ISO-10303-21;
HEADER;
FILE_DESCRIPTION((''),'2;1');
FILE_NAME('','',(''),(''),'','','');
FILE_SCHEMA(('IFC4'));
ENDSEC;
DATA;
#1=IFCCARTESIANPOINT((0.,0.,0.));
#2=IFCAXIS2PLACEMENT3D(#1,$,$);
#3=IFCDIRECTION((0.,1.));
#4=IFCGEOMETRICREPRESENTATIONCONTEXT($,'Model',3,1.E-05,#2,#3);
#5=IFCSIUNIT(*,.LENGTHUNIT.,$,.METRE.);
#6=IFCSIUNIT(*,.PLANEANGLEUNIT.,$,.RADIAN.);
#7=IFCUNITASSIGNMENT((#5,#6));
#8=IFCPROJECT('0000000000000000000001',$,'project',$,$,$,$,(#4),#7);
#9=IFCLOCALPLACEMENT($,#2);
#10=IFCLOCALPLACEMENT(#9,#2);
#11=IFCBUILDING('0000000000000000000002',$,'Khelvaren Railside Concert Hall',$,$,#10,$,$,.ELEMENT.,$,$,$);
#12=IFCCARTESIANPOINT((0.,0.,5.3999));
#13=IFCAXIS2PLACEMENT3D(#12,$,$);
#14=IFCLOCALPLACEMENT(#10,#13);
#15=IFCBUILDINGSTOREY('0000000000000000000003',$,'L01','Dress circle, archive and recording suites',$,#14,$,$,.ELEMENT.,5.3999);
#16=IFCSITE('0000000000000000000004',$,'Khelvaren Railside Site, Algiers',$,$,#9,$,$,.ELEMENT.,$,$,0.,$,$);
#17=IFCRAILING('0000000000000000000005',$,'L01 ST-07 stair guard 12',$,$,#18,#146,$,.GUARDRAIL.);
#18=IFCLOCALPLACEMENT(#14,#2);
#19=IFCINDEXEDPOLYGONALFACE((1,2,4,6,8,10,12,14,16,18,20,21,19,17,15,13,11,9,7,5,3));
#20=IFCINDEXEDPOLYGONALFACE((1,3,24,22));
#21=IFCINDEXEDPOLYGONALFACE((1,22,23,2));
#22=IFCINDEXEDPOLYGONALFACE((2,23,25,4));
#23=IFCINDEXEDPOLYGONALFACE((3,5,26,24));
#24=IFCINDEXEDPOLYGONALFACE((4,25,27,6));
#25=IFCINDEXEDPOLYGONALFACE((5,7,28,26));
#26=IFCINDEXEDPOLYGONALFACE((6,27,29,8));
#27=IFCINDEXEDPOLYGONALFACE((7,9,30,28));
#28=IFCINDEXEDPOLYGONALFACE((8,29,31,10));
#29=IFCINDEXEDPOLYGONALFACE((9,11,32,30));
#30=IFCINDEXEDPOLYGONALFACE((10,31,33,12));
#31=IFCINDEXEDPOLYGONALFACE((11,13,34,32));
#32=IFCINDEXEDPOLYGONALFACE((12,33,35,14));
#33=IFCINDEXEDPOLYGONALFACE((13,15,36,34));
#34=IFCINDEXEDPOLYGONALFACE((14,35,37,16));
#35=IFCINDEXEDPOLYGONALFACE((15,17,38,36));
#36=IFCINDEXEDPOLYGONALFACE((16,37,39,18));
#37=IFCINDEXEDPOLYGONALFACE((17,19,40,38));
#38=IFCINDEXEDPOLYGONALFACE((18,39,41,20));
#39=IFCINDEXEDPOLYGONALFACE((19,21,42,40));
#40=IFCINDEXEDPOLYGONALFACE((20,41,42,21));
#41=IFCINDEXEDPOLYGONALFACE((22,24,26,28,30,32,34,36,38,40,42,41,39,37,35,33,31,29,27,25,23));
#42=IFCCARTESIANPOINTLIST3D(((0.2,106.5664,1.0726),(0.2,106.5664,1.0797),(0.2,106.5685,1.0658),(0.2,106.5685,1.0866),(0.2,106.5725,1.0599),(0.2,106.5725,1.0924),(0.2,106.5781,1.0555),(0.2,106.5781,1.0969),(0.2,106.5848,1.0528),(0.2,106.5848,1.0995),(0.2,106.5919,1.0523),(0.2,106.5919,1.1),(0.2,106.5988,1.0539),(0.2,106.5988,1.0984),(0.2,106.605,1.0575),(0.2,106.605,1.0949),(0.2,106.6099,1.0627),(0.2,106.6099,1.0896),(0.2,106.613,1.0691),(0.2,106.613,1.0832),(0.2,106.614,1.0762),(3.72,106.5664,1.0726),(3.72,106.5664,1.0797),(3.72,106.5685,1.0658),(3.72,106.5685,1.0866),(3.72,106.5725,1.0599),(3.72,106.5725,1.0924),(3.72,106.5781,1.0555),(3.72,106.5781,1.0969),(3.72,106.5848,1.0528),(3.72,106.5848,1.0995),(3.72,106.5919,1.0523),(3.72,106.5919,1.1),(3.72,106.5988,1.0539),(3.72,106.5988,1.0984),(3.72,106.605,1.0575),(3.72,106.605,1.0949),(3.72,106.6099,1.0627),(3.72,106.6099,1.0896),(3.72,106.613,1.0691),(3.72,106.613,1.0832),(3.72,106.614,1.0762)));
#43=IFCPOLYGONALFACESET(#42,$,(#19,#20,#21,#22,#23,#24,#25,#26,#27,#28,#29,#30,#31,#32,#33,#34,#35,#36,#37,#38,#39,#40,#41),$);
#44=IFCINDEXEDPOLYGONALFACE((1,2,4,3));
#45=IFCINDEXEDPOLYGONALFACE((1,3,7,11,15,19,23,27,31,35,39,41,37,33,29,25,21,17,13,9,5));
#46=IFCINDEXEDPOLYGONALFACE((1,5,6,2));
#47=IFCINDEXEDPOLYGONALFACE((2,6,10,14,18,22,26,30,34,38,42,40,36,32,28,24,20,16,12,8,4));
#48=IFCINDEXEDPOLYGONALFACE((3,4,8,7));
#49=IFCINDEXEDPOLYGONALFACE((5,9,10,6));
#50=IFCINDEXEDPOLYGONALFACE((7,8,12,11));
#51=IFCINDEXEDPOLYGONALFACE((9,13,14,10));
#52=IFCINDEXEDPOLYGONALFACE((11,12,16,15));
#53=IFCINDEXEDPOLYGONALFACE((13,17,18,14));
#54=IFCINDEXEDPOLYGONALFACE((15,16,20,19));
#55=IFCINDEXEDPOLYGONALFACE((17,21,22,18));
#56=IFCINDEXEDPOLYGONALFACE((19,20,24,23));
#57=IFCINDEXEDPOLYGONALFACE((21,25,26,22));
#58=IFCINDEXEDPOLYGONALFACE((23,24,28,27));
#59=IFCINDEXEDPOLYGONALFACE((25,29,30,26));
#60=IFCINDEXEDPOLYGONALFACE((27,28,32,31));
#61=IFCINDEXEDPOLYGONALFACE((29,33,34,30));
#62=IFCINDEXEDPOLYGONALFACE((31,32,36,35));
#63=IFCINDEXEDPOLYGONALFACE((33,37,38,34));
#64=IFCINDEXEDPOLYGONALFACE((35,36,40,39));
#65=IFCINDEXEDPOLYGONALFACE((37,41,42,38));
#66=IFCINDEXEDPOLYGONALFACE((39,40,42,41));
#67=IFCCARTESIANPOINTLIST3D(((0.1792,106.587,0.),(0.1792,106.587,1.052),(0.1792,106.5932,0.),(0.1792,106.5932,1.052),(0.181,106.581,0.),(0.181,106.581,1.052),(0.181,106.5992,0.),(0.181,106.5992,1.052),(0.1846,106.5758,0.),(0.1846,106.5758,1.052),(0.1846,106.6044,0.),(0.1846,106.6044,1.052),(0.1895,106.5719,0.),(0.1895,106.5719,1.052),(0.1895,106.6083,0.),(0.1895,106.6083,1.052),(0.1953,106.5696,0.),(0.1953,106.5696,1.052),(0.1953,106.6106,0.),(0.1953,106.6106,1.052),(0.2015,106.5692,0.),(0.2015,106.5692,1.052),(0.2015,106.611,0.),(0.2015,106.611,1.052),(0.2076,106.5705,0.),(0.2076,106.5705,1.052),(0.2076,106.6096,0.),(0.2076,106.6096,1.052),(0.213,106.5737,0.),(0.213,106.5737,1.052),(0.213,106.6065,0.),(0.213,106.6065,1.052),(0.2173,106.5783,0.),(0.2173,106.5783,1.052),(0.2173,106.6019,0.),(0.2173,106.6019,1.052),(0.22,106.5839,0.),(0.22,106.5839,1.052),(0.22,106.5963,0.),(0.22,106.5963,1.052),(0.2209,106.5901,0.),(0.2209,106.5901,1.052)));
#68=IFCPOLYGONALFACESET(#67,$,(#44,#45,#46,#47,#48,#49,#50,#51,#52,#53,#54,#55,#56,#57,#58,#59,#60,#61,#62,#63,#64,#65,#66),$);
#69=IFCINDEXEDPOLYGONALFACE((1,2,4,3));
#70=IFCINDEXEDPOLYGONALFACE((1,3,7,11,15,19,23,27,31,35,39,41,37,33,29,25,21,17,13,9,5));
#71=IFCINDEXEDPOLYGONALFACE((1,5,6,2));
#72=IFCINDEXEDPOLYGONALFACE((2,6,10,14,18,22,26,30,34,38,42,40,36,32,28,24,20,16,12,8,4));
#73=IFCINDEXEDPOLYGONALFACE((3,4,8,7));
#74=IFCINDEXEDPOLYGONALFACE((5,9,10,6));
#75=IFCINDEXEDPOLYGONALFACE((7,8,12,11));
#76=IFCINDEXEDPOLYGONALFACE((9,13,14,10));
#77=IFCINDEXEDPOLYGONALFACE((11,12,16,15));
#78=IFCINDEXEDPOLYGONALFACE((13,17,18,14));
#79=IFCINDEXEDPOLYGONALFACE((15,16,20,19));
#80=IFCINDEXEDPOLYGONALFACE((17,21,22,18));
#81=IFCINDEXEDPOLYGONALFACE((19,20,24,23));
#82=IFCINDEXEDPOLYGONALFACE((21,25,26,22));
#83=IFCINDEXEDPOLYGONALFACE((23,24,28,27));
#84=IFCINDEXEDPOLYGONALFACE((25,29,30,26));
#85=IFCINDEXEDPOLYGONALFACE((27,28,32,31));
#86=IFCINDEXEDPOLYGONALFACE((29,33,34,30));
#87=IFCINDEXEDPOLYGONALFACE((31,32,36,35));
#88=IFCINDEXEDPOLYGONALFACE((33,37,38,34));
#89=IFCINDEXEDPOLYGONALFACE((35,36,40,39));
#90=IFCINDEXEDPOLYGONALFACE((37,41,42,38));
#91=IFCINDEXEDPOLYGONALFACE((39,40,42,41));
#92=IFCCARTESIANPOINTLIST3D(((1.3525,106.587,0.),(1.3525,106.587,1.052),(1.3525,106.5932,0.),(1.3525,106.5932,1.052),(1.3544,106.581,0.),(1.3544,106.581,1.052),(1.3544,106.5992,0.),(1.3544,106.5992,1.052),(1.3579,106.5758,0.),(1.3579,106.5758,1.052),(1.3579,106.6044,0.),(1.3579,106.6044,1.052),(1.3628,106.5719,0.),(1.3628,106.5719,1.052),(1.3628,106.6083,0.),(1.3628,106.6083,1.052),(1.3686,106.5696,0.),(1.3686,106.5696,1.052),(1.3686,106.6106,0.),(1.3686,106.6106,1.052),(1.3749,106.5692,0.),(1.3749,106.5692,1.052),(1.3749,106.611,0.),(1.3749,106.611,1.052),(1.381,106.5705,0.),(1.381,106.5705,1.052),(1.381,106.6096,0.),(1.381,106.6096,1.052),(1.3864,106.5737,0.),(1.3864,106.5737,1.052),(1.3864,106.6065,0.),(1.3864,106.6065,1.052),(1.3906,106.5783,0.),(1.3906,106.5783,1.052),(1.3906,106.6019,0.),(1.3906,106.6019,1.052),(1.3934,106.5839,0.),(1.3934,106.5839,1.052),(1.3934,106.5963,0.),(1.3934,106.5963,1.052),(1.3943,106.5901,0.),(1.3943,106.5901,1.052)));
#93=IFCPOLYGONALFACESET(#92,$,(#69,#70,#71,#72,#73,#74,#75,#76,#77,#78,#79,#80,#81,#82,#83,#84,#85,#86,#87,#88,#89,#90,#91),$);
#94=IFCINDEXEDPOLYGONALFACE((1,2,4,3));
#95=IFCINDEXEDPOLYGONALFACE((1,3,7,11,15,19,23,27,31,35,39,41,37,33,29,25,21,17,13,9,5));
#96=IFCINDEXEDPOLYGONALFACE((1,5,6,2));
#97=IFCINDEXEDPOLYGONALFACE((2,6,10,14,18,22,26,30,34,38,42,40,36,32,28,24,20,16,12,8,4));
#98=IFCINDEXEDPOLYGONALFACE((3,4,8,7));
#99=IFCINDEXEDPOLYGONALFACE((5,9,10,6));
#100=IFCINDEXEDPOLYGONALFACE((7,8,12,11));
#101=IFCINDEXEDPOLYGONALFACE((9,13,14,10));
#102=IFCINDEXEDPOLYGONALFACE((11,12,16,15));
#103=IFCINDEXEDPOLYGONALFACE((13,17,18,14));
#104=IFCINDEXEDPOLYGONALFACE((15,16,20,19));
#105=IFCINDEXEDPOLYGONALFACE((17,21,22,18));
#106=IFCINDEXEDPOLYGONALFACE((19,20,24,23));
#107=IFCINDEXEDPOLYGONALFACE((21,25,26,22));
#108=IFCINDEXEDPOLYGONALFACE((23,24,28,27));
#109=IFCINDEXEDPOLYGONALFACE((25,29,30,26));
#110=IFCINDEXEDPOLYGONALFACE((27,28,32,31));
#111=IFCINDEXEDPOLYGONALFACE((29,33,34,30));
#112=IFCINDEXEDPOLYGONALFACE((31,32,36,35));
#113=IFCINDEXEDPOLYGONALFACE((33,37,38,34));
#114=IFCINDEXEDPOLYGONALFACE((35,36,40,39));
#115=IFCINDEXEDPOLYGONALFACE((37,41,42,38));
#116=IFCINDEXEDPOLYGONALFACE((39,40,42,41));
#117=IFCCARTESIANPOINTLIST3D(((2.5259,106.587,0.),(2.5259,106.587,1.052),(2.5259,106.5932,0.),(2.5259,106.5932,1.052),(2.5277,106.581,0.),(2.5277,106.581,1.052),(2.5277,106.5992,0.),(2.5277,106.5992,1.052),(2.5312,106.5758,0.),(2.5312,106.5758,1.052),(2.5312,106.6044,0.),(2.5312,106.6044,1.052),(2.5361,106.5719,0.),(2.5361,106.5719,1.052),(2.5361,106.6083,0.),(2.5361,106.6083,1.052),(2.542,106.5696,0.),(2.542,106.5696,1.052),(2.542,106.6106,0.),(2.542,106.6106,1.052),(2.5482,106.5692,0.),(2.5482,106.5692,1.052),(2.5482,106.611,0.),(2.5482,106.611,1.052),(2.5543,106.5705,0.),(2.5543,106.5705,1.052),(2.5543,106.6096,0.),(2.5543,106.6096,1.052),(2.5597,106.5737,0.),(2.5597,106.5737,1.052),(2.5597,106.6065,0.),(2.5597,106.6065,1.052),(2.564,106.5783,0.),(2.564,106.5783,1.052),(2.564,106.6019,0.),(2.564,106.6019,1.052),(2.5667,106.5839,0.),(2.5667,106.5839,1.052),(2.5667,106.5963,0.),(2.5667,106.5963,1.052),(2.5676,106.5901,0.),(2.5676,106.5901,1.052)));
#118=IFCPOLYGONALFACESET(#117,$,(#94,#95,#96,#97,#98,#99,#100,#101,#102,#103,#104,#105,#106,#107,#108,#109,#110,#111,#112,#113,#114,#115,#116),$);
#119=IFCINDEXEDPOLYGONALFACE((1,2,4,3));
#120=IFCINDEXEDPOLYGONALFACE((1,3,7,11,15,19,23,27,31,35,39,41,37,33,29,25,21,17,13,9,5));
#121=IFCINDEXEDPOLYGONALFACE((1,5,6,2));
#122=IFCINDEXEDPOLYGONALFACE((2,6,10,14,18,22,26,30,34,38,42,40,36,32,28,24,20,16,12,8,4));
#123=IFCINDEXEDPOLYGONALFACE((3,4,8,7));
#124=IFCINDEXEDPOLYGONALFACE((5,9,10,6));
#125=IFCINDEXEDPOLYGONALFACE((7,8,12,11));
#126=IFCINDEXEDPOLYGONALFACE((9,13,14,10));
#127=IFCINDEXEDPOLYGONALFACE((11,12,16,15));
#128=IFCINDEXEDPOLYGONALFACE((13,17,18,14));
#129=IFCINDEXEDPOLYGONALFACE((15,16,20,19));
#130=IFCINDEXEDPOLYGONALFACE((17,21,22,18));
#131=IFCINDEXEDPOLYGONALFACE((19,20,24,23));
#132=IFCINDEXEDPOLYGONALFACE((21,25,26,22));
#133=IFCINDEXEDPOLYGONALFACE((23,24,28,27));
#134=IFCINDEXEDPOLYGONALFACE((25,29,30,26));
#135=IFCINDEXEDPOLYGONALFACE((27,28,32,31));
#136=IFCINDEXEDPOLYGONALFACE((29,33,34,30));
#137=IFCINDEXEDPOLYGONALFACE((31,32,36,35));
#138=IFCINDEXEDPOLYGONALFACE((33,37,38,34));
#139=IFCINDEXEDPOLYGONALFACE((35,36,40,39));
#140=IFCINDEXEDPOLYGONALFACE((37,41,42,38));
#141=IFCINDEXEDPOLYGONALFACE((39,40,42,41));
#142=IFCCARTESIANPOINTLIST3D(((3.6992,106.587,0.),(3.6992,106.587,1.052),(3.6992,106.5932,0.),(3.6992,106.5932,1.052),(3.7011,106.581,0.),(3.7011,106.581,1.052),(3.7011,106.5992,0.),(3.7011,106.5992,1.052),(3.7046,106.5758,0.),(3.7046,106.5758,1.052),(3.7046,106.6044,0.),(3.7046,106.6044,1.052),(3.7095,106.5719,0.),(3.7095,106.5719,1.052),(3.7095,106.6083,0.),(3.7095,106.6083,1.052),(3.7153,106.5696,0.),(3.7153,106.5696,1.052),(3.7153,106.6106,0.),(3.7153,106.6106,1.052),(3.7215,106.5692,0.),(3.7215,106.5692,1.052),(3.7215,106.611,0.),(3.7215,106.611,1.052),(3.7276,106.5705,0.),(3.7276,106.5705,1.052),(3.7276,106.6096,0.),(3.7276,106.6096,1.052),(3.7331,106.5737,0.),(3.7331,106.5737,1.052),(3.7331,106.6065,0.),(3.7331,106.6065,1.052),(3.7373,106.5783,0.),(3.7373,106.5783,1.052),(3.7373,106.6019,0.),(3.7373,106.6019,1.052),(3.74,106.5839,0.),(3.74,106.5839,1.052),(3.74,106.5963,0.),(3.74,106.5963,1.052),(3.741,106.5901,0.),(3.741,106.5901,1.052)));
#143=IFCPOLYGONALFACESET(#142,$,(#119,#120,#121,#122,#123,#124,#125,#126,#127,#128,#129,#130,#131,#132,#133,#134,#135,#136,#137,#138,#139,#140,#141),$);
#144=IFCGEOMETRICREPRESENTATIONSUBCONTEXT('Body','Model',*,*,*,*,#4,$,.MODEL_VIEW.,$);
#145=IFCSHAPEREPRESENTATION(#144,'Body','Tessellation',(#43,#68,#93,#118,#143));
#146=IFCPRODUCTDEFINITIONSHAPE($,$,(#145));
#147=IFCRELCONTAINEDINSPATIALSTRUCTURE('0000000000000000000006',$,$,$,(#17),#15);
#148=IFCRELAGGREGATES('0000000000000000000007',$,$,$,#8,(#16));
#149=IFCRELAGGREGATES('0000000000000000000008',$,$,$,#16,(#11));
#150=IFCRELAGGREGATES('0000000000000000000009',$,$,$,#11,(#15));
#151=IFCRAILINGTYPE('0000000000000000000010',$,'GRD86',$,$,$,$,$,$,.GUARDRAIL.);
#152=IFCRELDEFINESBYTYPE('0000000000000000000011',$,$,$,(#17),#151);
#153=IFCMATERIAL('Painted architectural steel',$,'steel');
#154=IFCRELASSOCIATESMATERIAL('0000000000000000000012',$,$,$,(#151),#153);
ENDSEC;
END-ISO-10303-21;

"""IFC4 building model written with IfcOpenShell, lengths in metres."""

from ifc_helpers import new_model, si_unit, direction, frame, origin, origin_2d, place, context, subcontext, project, spatial, circle, extrude, material, type_object, element, save


model = new_model("IFC4")

# Units and contexts
model_context = context("Model", 3, precision=1e-05, world=origin(), true_north=direction((0.0, 1.0)))
body_context = subcontext(model_context, "Body", "Model", "MODEL_VIEW")
ifc_project = project(units=[si_unit("LENGTHUNIT", "METRE"), si_unit("PLANEANGLEUNIT", "RADIAN")], contexts=[model_context])

# Site, building, storey
site_placement = place(None, origin())
site = spatial("IfcSite", under=ifc_project, at=site_placement, Name="Khelvaren Railside Site, Algiers", CompositionType="ELEMENT", RefElevation=0.0)
building_placement = place(site_placement, origin())
building = spatial("IfcBuilding", under=site, at=building_placement, Name="Khelvaren Railside Concert Hall", CompositionType="ELEMENT")
storey_placement = place(building_placement, frame((0.0, 0.0, 5.3999)))
storey = spatial("IfcBuildingStorey", under=building, at=storey_placement, Name="L01", Description="Dress circle, archive and recording suites", CompositionType="ELEMENT", Elevation=5.3999)

# Railing
ifc_material_1 = material(Name="Painted architectural steel", Category="steel")
railing_type_1 = type_object("IfcRailingType", Name="GRD86", PredefinedType="GUARDRAIL", material=ifc_material_1)
railing_1_placement = place(storey_placement, frame((0.2, 106.5901, 0.0)))
element("IfcRailing", 1, at=railing_1_placement, inside=storey, type_object=railing_type_1, Name="L01 ST-07 stair guard 12", PredefinedType="GUARDRAIL", context=body_context, shape_type="SweptSolid", body=[
    extrude(circle(Radius=0.0239, at=origin_2d()), frame((0.0, 0.0, 1.0762), z_axis=(1.0, 0.0, 0.0), x_axis=(0.0, 1.0, 0.0)), (0.0, 0.0, 1.0), 3.52),
    extrude(circle(Radius=0.021, at=origin_2d()), origin(), (0.0, 0.0, 1.0), 1.052),
    extrude(circle(Radius=0.021, at=origin_2d()), frame((1.1733, 0.0, 0.0)), (0.0, 0.0, 1.0), 1.052),
    extrude(circle(Radius=0.021, at=origin_2d()), frame((2.3467, 0.0, 0.0)), (0.0, 0.0, 1.0), 1.052),
    extrude(circle(Radius=0.021, at=origin_2d()), frame((3.52, 0.0, 0.0)), (0.0, 0.0, 1.0), 1.052),
])

save(model, "model.ifc")
